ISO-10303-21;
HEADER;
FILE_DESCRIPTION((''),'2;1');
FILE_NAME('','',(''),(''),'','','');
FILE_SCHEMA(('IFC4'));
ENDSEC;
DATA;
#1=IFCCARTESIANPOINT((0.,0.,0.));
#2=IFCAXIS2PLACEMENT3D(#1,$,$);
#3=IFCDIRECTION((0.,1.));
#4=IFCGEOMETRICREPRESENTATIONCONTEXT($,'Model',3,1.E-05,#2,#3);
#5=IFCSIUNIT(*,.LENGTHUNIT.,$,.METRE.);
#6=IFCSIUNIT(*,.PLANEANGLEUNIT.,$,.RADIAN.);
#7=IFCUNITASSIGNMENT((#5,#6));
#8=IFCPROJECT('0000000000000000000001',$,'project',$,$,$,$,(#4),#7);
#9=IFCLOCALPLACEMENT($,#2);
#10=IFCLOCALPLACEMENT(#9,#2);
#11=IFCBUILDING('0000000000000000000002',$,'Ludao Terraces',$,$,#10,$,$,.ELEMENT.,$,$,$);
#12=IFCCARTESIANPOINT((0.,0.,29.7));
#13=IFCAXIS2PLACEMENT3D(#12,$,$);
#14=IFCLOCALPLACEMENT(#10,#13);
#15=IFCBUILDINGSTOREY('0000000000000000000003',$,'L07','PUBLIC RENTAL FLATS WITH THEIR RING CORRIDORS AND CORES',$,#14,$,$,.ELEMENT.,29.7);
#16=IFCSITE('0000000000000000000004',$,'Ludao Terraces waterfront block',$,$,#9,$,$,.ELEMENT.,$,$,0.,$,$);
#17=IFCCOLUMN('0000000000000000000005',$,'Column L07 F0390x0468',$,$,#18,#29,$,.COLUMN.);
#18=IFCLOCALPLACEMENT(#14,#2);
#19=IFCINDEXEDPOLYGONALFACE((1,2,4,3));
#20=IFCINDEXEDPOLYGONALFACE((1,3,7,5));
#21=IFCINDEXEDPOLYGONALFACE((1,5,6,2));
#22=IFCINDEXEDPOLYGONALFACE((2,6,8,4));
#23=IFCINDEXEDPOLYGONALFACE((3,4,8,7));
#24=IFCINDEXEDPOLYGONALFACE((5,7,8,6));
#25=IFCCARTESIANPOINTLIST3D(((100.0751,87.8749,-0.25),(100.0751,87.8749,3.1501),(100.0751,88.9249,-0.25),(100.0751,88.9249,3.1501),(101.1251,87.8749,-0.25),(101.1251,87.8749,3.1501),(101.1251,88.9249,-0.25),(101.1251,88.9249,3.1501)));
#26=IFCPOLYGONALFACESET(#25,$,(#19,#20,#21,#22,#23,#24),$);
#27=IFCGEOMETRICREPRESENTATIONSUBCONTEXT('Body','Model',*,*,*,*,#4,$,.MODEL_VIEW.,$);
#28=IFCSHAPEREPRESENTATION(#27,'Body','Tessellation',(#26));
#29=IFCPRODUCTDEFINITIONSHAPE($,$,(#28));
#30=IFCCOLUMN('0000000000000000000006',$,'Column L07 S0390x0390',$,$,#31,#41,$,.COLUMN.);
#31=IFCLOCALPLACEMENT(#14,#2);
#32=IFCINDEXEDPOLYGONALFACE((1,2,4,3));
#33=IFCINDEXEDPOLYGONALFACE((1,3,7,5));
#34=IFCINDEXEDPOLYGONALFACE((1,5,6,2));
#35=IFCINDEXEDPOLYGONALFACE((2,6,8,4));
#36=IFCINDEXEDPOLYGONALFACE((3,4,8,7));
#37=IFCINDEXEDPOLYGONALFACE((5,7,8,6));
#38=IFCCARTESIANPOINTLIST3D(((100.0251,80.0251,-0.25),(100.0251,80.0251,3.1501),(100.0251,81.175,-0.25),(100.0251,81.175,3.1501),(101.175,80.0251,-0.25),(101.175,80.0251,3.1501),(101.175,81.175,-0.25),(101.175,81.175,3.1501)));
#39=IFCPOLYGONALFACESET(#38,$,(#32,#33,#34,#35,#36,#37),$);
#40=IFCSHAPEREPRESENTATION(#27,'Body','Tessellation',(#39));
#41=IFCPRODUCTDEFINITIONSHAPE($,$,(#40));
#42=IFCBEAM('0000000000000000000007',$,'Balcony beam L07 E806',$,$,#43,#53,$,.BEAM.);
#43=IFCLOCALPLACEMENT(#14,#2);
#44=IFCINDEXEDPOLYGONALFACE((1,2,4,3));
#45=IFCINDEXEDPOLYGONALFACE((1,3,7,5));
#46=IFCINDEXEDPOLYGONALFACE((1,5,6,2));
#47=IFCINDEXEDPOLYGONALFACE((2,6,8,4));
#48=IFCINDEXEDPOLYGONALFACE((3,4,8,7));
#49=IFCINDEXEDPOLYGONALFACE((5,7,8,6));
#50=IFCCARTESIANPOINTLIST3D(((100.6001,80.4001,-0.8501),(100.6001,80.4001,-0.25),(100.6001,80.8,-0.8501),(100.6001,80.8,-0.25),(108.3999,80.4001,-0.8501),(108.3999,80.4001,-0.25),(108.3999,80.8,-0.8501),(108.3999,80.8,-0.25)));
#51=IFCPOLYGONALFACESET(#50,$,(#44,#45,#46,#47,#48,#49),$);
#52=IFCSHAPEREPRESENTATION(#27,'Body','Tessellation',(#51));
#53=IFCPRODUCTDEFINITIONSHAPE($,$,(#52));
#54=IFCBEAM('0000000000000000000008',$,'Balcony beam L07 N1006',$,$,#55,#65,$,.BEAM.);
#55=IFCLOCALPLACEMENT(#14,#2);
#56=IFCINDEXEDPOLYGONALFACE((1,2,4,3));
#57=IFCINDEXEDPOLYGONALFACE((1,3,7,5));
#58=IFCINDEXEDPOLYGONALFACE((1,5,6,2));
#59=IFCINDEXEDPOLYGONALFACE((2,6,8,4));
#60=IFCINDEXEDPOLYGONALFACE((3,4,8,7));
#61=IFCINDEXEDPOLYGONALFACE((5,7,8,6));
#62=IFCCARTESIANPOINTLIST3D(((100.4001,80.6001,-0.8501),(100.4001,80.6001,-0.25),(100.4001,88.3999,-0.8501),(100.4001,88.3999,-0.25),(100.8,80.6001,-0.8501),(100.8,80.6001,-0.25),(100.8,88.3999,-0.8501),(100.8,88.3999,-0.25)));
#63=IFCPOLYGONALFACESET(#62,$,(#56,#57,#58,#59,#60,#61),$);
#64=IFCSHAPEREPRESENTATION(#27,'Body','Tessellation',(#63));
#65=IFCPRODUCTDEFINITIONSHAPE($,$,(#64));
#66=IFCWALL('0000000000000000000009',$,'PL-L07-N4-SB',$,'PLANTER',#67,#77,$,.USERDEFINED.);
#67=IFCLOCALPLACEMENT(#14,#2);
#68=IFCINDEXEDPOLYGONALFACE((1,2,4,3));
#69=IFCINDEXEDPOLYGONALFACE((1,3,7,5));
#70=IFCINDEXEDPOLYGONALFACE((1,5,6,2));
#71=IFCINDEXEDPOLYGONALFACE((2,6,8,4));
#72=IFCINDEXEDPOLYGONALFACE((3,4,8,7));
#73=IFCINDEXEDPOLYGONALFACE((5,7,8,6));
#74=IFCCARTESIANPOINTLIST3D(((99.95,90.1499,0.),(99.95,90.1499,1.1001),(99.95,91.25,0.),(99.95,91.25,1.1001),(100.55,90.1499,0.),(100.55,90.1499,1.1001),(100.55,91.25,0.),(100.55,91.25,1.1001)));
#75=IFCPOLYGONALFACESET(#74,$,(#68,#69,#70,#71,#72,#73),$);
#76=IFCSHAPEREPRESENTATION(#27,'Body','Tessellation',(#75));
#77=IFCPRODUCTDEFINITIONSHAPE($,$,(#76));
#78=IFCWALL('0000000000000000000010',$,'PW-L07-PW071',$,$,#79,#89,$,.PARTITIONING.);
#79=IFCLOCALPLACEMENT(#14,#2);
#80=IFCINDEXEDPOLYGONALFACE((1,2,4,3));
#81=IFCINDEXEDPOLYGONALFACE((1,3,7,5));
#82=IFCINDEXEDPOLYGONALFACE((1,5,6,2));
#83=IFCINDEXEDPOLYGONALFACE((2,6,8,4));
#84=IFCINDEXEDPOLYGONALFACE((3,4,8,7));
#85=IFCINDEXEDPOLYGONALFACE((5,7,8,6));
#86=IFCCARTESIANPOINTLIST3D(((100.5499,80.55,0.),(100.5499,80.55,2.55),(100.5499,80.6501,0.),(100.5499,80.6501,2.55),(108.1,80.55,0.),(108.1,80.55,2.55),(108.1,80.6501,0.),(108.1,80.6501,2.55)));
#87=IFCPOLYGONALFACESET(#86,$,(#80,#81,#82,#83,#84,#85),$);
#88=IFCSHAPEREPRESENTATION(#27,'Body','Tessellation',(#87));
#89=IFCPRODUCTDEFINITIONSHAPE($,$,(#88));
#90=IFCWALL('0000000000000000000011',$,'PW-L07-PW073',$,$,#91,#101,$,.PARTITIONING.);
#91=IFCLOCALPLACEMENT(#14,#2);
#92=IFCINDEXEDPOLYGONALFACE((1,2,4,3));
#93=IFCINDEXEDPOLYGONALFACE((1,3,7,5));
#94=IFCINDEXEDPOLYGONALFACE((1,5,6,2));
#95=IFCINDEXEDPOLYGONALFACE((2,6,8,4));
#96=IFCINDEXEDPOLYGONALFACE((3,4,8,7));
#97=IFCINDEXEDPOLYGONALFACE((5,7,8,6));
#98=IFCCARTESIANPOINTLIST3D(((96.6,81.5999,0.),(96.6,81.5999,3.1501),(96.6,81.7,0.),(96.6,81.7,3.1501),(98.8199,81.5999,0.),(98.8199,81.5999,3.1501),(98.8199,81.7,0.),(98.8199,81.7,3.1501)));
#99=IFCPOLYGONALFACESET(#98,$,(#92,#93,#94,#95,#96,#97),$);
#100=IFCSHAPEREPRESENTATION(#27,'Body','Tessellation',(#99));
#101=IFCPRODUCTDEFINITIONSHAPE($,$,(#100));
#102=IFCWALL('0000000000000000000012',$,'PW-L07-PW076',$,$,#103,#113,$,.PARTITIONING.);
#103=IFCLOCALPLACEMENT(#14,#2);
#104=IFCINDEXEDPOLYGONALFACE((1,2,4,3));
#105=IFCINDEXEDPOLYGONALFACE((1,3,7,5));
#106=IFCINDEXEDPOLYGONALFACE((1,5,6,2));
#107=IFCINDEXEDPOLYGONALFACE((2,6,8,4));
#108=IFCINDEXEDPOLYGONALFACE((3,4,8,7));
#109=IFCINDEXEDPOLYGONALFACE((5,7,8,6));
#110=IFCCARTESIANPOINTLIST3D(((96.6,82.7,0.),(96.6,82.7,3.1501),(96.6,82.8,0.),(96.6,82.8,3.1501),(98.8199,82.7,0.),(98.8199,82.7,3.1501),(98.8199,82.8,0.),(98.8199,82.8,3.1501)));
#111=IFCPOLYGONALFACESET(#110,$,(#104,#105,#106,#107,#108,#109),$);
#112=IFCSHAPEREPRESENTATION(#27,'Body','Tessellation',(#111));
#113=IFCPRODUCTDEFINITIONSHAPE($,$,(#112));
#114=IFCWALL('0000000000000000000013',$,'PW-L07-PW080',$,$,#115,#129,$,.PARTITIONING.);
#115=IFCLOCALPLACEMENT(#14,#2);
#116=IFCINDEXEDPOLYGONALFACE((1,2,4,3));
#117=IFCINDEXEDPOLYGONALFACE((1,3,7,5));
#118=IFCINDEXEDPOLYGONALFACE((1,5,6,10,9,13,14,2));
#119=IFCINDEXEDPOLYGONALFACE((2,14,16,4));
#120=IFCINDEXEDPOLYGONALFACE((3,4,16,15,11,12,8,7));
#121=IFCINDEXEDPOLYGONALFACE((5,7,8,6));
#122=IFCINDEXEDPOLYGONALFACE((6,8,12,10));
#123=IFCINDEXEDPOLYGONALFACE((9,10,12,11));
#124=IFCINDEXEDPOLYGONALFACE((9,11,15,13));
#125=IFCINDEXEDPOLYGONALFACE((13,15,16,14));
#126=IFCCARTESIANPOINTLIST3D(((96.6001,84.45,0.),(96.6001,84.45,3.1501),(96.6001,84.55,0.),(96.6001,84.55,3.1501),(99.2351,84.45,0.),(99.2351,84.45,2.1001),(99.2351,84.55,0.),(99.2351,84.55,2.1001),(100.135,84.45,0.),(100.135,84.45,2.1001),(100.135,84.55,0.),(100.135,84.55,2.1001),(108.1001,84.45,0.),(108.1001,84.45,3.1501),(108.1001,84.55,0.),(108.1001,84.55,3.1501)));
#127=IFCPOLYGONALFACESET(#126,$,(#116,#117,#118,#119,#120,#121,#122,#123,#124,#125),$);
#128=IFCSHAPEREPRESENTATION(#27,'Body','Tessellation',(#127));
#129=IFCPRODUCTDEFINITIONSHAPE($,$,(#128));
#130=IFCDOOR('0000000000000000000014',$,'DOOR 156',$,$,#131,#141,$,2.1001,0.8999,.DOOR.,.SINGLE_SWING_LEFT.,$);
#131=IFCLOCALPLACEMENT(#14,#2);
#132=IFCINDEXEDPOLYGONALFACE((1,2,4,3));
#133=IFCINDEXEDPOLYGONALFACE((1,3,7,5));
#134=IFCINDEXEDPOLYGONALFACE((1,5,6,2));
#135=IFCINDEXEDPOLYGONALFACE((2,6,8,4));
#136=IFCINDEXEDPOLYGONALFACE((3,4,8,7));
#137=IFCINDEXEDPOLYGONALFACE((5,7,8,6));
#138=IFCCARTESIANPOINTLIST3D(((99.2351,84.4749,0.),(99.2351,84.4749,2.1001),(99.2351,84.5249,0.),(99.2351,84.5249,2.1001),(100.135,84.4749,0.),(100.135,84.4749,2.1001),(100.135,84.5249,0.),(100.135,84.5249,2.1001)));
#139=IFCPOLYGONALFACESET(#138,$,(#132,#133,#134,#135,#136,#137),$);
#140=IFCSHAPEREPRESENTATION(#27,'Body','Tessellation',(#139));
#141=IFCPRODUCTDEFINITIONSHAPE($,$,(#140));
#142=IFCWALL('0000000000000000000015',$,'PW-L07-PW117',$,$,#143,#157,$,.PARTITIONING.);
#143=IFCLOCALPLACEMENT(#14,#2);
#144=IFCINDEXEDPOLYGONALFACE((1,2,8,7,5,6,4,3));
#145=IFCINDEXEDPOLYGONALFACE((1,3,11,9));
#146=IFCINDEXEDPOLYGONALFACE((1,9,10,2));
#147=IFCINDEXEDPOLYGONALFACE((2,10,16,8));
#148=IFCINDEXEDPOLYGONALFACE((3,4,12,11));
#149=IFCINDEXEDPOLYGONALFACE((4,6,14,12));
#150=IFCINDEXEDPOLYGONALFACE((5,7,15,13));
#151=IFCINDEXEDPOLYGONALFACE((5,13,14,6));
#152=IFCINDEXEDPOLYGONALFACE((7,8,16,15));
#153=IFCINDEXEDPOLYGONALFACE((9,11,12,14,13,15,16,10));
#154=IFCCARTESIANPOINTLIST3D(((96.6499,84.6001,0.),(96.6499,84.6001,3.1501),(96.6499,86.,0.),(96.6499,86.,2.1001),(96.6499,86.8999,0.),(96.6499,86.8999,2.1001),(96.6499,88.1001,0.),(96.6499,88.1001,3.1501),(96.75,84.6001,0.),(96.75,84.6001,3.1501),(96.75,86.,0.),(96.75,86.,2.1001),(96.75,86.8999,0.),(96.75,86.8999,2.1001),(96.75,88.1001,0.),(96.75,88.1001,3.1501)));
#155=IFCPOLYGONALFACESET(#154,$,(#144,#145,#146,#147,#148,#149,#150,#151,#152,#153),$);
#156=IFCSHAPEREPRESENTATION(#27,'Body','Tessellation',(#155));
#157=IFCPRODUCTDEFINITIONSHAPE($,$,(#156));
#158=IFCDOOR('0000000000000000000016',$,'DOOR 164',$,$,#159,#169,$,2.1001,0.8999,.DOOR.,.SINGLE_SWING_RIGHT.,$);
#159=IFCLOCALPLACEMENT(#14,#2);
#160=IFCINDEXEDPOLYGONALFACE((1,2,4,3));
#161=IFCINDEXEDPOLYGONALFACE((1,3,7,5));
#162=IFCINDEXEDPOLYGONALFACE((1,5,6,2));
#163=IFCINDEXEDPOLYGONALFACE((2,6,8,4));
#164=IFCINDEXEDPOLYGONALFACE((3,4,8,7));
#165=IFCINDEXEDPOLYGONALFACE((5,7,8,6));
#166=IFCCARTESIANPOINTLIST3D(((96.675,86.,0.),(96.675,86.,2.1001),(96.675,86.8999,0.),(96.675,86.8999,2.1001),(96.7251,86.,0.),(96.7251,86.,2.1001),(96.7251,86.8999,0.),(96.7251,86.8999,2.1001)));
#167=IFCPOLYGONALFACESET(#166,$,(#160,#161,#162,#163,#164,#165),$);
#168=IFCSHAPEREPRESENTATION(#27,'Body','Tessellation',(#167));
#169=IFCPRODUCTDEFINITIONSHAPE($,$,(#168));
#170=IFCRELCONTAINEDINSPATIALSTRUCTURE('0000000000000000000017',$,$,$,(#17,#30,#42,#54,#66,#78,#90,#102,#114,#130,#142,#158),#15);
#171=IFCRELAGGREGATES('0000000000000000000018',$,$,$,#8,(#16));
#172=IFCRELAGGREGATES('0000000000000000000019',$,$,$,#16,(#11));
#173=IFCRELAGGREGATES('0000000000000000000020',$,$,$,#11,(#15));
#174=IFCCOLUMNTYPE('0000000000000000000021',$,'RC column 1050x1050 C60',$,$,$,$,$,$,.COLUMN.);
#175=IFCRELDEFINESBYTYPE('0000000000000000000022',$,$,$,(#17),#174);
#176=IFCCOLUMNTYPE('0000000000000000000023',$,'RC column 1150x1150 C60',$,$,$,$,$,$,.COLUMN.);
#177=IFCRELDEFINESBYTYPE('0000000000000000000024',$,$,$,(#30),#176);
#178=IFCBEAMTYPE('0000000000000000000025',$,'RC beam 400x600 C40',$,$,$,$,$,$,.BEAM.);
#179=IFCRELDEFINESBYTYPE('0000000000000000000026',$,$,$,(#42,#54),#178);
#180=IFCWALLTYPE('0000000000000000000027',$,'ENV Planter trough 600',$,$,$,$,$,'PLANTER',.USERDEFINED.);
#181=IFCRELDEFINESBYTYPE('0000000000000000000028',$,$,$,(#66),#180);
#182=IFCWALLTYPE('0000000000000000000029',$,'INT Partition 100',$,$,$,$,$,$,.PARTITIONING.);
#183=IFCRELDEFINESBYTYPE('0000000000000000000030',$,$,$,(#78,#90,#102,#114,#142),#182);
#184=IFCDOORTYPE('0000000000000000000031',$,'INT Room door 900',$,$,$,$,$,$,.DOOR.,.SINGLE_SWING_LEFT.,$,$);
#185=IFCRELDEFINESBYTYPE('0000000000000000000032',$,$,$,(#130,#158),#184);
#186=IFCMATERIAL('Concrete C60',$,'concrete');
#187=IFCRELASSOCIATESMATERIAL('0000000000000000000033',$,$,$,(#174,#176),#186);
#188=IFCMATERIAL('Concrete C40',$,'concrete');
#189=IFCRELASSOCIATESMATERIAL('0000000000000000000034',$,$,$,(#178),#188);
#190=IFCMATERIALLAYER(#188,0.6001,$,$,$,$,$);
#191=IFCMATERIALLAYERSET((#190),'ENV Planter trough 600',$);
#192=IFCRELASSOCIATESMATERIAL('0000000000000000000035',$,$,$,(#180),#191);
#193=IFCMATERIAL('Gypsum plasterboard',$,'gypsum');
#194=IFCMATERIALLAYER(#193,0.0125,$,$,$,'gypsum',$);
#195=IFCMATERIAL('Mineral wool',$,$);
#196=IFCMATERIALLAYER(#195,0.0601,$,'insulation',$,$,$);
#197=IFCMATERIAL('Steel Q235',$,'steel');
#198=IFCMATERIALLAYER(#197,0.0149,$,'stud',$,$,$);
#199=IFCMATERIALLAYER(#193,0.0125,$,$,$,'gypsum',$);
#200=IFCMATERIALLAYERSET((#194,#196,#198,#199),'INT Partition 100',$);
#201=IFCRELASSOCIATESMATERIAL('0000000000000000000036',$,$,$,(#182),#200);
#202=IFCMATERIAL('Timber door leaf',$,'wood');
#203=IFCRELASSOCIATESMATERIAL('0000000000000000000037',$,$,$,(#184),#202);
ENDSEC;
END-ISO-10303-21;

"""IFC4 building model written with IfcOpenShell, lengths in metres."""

from ifc_helpers import new_model, si_unit, direction, frame, frame_2d, origin, origin_2d, place, context, subcontext, project, spatial, rectangle, extrude, material, layer, layer_set, material_profile, profile_set, type_object, element, fill, save


model = new_model("IFC4")

# Units and contexts
model_context = context("Model", 3, precision=1e-05, world=origin(), true_north=direction((0.0, 1.0)))
body_context = subcontext(model_context, "Body", "Model", "MODEL_VIEW")
ifc_project = project(units=[si_unit("LENGTHUNIT", "METRE"), si_unit("PLANEANGLEUNIT", "RADIAN")], contexts=[model_context])

# Site, building, storey
site_placement = place(None, origin())
site = spatial("IfcSite", under=ifc_project, at=site_placement, Name="Ludao Terraces waterfront block", CompositionType="ELEMENT", RefElevation=0.0)
building_placement = place(site_placement, origin())
building = spatial("IfcBuilding", under=site, at=building_placement, Name="Ludao Terraces", CompositionType="ELEMENT")
storey_placement = place(building_placement, frame((0.0, 0.0, 29.7)))
storey = spatial("IfcBuildingStorey", under=building, at=storey_placement, Name="L07", Description="PUBLIC RENTAL FLATS WITH THEIR RING CORRIDORS AND CORES", CompositionType="ELEMENT", Elevation=29.7)

# Columns
ifc_material_1 = material(Name="Concrete C60", Category="concrete")
ifc_material_profile_1 = material_profile(ifc_material_1, rectangle(XDim=1.05, YDim=1.05, at=origin_2d()), Name="1050 X 1050")
ifc_profile_set_1 = profile_set([ifc_material_profile_1], Name="Concrete C60")
column_type_1 = type_object("IfcColumnType", Name="RC column 1050x1050 C60", PredefinedType="COLUMN", material=ifc_profile_set_1)
column_1_placement = place(storey_placement, frame((100.6001, 88.3999, -0.25), z_axis=(0.0, 0.0, 1.0), x_axis=(1.0, 0.0, 0.0)))
element("IfcColumn", 1, at=column_1_placement, inside=storey, type_object=column_type_1, Name="Column L07 F0390x0468", PredefinedType="COLUMN", context=body_context, shape_type="SweptSolid", body=[
    extrude(rectangle(XDim=1.05, YDim=1.05, at=origin_2d()), origin(), (0.0, 0.0, 1.0), 3.4001),
])
ifc_material_profile_2 = material_profile(ifc_material_1, rectangle(XDim=1.1499, YDim=1.1499, at=origin_2d()), Name="1150 X 1150")
ifc_profile_set_2 = profile_set([ifc_material_profile_2], Name="Concrete C60")
column_type_2 = type_object("IfcColumnType", Name="RC column 1150x1150 C60", PredefinedType="COLUMN", material=ifc_profile_set_2)
column_2_placement = place(storey_placement, frame((100.6001, 80.6001, -0.25), z_axis=(0.0, 0.0, 1.0), x_axis=(1.0, 0.0, 0.0)))
element("IfcColumn", 2, at=column_2_placement, inside=storey, type_object=column_type_2, Name="Column L07 S0390x0390", PredefinedType="COLUMN", context=body_context, shape_type="SweptSolid", body=[
    extrude(rectangle(XDim=1.1499, YDim=1.1499, at=origin_2d()), origin(), (0.0, 0.0, 1.0), 3.4001),
])

# Beams
ifc_material_2 = material(Name="Concrete C40", Category="concrete")
ifc_material_profile_3 = material_profile(ifc_material_2, rectangle(XDim=0.3999, YDim=0.6001, at=origin_2d()), Name="400 X 600")
ifc_profile_set_3 = profile_set([ifc_material_profile_3], Name="Concrete C40")
beam_type = type_object("IfcBeamType", Name="RC beam 400x600 C40", PredefinedType="BEAM", material=ifc_profile_set_3)
for number, where, z_axis, x_axis, name in (
    (3, (100.6001, 80.6001, -0.55), (1.0, 0.0, 0.0), (0.0, 1.0, 0.0), "Balcony beam L07 E806"),
    (4, (100.6001, 80.6001, -0.55), (0.0, 1.0, 0.0), (-1.0, 0.0, 0.0), "Balcony beam L07 N1006"),
):
    element("IfcBeam", number, at=place(storey_placement, frame(where, z_axis=z_axis, x_axis=x_axis)), inside=storey, type_object=beam_type, Name=name, PredefinedType="BEAM", context=body_context, shape_type="SweptSolid", body=[
        extrude(rectangle(XDim=0.3999, YDim=0.6001, at=origin_2d()), origin(), (0.0, 0.0, 1.0), 7.7998),
    ])

# Walls
ifc_layer_1 = layer(ifc_material_2, 0.6001)
ifc_layer_set_1 = layer_set([ifc_layer_1], Name="ENV Planter trough 600")
wall_type_1 = type_object("IfcWallType", Name="ENV Planter trough 600", ElementType="PLANTER", PredefinedType="USERDEFINED", material=ifc_layer_set_1)
wall_1_placement = place(storey_placement, frame((100.25, 91.25, 0.0), z_axis=(0.0, 0.0, 1.0), x_axis=(0.0, -1.0, 0.0)))
element("IfcWall", 5, at=wall_1_placement, inside=storey, type_object=wall_type_1, Name="PL-L07-N4-SB", ObjectType="PLANTER", PredefinedType="USERDEFINED", context=body_context, shape_type="SweptSolid", body=[
    extrude(rectangle(XDim=1.1001, YDim=0.6001, at=frame_2d((0.55, 0.0))), origin(), (0.0, 0.0, 1.0), 1.1001),
])
ifc_material_3 = material(Name="Gypsum plasterboard", Category="gypsum")
ifc_layer_2 = layer(ifc_material_3, 0.0125, Category="gypsum")
ifc_material_4 = material(Name="Mineral wool")
ifc_layer_3 = layer(ifc_material_4, 0.0601, Name="insulation")
ifc_material_5 = material(Name="Steel Q235", Category="steel")
ifc_layer_4 = layer(ifc_material_5, 0.0149, Name="stud")
ifc_layer_5 = layer(ifc_material_3, 0.0125, Category="gypsum")
ifc_layer_set_2 = layer_set([ifc_layer_2, ifc_layer_3, ifc_layer_4, ifc_layer_5], Name="INT Partition 100")
wall_type_2 = type_object("IfcWallType", Name="INT Partition 100", PredefinedType="PARTITIONING", material=ifc_layer_set_2)
wall_2_placement = place(storey_placement, frame((100.55, 80.6001, 0.0), z_axis=(0.0, 0.0, 1.0), x_axis=(1.0, 0.0, 0.0)))
element("IfcWall", 6, at=wall_2_placement, inside=storey, type_object=wall_type_2, Name="PW-L07-PW071", PredefinedType="PARTITIONING", context=body_context, shape_type="SweptSolid", body=[
    extrude(rectangle(XDim=7.55, YDim=0.1001, at=frame_2d((3.7749, 0.0))), origin(), (0.0, 0.0, 1.0), 2.55),
])
for number, where, z_axis, x_axis, name in (
    (7, (96.6001, 81.6499, 0.0), (0.0, 0.0, 1.0), (1.0, 0.0, 0.0), "PW-L07-PW073"),
    (8, (96.6001, 82.75, 0.0), (0.0, 0.0, 1.0), (1.0, 0.0, 0.0), "PW-L07-PW076"),
):
    element("IfcWall", number, at=place(storey_placement, frame(where, z_axis=z_axis, x_axis=x_axis)), inside=storey, type_object=wall_type_2, Name=name, PredefinedType="PARTITIONING", context=body_context, shape_type="SweptSolid", body=[
        extrude(rectangle(XDim=2.22, YDim=0.1001, at=frame_2d((1.1099, 0.0))), origin(), (0.0, 0.0, 1.0), 3.1501),
    ])

# Walls, openings, doors
wall_3_placement = place(storey_placement, frame((96.6001, 84.5, 0.0), z_axis=(0.0, 0.0, 1.0), x_axis=(1.0, 0.0, 0.0)))
wall_3 = element("IfcWall", 9, at=wall_3_placement, inside=storey, type_object=wall_type_2, Name="PW-L07-PW080", PredefinedType="PARTITIONING", context=body_context, shape_type="SweptSolid", body=[
    extrude(rectangle(XDim=11.5, YDim=0.1001, at=frame_2d((5.75, 0.0))), origin(), (0.0, 0.0, 1.0), 3.1501),
])
opening_1_placement = place(wall_3_placement, frame((2.635, 0.0, 0.0)))
opening_1 = element("IfcOpeningElement", 10, at=opening_1_placement, cuts=wall_3, PredefinedType="OPENING", context=body_context, shape_type="SweptSolid", body=[
    extrude(rectangle(XDim=0.8999, YDim=2.1001, at=frame_2d((0.45, 1.05))), frame((0.0, 0.0601, 0.0), z_axis=(0.0, -1.0, 0.0), x_axis=(1.0, 0.0, 0.0)), (0.0, 0.0, 1.0), 0.1201),
])
ifc_material_6 = material(Name="Timber door leaf", Category="wood")
door_type_1 = type_object("IfcDoorType", Name="INT Room door 900", OperationType="SINGLE_SWING_LEFT", PredefinedType="DOOR", material=ifc_material_6)
door_1_placement = place(opening_1_placement, origin())
door_1 = element("IfcDoor", 11, at=door_1_placement, inside=storey, type_object=door_type_1, Name="DOOR 156", OperationType="SINGLE_SWING_LEFT", OverallHeight=2.1001, OverallWidth=0.8999, PredefinedType="DOOR", context=body_context, shape_type="SweptSolid", body=[
    extrude(rectangle(XDim=0.8999, YDim=2.1001, at=frame_2d((0.45, 1.05))), frame((0.0, 0.0249, 0.0), z_axis=(0.0, -1.0, 0.0), x_axis=(1.0, 0.0, 0.0)), (0.0, 0.0, 1.0), 0.05),
])
fill(opening_1, door_1)
wall_4_placement = place(storey_placement, frame((96.7, 84.6001, 0.0), z_axis=(0.0, 0.0, 1.0), x_axis=(0.0, 1.0, 0.0)))
wall_4 = element("IfcWall", 12, at=wall_4_placement, inside=storey, type_object=wall_type_2, Name="PW-L07-PW117", PredefinedType="PARTITIONING", context=body_context, shape_type="SweptSolid", body=[
    extrude(rectangle(XDim=3.5, YDim=0.1001, at=frame_2d((1.75, 0.0))), origin(), (0.0, 0.0, 1.0), 3.1501),
])
opening_2_placement = place(wall_4_placement, frame((1.3999, 0.0, 0.0)))
opening_2 = element("IfcOpeningElement", 13, at=opening_2_placement, cuts=wall_4, PredefinedType="OPENING", context=body_context, shape_type="SweptSolid", body=[
    extrude(rectangle(XDim=0.8999, YDim=2.1001, at=frame_2d((0.45, 1.05))), frame((0.0, 0.0601, 0.0), z_axis=(0.0, -1.0, 0.0), x_axis=(1.0, 0.0, 0.0)), (0.0, 0.0, 1.0), 0.1201),
])
door_2_placement = place(opening_2_placement, origin())
door_2 = element("IfcDoor", 14, at=door_2_placement, inside=storey, type_object=door_type_1, Name="DOOR 164", OperationType="SINGLE_SWING_RIGHT", OverallHeight=2.1001, OverallWidth=0.8999, PredefinedType="DOOR", context=body_context, shape_type="SweptSolid", body=[
    extrude(rectangle(XDim=0.8999, YDim=2.1001, at=frame_2d((0.45, 1.05))), frame((0.0, 0.0249, 0.0), z_axis=(0.0, -1.0, 0.0), x_axis=(1.0, 0.0, 0.0)), (0.0, 0.0, 1.0), 0.05),
])
fill(opening_2, door_2)

save(model, "model.ifc")
